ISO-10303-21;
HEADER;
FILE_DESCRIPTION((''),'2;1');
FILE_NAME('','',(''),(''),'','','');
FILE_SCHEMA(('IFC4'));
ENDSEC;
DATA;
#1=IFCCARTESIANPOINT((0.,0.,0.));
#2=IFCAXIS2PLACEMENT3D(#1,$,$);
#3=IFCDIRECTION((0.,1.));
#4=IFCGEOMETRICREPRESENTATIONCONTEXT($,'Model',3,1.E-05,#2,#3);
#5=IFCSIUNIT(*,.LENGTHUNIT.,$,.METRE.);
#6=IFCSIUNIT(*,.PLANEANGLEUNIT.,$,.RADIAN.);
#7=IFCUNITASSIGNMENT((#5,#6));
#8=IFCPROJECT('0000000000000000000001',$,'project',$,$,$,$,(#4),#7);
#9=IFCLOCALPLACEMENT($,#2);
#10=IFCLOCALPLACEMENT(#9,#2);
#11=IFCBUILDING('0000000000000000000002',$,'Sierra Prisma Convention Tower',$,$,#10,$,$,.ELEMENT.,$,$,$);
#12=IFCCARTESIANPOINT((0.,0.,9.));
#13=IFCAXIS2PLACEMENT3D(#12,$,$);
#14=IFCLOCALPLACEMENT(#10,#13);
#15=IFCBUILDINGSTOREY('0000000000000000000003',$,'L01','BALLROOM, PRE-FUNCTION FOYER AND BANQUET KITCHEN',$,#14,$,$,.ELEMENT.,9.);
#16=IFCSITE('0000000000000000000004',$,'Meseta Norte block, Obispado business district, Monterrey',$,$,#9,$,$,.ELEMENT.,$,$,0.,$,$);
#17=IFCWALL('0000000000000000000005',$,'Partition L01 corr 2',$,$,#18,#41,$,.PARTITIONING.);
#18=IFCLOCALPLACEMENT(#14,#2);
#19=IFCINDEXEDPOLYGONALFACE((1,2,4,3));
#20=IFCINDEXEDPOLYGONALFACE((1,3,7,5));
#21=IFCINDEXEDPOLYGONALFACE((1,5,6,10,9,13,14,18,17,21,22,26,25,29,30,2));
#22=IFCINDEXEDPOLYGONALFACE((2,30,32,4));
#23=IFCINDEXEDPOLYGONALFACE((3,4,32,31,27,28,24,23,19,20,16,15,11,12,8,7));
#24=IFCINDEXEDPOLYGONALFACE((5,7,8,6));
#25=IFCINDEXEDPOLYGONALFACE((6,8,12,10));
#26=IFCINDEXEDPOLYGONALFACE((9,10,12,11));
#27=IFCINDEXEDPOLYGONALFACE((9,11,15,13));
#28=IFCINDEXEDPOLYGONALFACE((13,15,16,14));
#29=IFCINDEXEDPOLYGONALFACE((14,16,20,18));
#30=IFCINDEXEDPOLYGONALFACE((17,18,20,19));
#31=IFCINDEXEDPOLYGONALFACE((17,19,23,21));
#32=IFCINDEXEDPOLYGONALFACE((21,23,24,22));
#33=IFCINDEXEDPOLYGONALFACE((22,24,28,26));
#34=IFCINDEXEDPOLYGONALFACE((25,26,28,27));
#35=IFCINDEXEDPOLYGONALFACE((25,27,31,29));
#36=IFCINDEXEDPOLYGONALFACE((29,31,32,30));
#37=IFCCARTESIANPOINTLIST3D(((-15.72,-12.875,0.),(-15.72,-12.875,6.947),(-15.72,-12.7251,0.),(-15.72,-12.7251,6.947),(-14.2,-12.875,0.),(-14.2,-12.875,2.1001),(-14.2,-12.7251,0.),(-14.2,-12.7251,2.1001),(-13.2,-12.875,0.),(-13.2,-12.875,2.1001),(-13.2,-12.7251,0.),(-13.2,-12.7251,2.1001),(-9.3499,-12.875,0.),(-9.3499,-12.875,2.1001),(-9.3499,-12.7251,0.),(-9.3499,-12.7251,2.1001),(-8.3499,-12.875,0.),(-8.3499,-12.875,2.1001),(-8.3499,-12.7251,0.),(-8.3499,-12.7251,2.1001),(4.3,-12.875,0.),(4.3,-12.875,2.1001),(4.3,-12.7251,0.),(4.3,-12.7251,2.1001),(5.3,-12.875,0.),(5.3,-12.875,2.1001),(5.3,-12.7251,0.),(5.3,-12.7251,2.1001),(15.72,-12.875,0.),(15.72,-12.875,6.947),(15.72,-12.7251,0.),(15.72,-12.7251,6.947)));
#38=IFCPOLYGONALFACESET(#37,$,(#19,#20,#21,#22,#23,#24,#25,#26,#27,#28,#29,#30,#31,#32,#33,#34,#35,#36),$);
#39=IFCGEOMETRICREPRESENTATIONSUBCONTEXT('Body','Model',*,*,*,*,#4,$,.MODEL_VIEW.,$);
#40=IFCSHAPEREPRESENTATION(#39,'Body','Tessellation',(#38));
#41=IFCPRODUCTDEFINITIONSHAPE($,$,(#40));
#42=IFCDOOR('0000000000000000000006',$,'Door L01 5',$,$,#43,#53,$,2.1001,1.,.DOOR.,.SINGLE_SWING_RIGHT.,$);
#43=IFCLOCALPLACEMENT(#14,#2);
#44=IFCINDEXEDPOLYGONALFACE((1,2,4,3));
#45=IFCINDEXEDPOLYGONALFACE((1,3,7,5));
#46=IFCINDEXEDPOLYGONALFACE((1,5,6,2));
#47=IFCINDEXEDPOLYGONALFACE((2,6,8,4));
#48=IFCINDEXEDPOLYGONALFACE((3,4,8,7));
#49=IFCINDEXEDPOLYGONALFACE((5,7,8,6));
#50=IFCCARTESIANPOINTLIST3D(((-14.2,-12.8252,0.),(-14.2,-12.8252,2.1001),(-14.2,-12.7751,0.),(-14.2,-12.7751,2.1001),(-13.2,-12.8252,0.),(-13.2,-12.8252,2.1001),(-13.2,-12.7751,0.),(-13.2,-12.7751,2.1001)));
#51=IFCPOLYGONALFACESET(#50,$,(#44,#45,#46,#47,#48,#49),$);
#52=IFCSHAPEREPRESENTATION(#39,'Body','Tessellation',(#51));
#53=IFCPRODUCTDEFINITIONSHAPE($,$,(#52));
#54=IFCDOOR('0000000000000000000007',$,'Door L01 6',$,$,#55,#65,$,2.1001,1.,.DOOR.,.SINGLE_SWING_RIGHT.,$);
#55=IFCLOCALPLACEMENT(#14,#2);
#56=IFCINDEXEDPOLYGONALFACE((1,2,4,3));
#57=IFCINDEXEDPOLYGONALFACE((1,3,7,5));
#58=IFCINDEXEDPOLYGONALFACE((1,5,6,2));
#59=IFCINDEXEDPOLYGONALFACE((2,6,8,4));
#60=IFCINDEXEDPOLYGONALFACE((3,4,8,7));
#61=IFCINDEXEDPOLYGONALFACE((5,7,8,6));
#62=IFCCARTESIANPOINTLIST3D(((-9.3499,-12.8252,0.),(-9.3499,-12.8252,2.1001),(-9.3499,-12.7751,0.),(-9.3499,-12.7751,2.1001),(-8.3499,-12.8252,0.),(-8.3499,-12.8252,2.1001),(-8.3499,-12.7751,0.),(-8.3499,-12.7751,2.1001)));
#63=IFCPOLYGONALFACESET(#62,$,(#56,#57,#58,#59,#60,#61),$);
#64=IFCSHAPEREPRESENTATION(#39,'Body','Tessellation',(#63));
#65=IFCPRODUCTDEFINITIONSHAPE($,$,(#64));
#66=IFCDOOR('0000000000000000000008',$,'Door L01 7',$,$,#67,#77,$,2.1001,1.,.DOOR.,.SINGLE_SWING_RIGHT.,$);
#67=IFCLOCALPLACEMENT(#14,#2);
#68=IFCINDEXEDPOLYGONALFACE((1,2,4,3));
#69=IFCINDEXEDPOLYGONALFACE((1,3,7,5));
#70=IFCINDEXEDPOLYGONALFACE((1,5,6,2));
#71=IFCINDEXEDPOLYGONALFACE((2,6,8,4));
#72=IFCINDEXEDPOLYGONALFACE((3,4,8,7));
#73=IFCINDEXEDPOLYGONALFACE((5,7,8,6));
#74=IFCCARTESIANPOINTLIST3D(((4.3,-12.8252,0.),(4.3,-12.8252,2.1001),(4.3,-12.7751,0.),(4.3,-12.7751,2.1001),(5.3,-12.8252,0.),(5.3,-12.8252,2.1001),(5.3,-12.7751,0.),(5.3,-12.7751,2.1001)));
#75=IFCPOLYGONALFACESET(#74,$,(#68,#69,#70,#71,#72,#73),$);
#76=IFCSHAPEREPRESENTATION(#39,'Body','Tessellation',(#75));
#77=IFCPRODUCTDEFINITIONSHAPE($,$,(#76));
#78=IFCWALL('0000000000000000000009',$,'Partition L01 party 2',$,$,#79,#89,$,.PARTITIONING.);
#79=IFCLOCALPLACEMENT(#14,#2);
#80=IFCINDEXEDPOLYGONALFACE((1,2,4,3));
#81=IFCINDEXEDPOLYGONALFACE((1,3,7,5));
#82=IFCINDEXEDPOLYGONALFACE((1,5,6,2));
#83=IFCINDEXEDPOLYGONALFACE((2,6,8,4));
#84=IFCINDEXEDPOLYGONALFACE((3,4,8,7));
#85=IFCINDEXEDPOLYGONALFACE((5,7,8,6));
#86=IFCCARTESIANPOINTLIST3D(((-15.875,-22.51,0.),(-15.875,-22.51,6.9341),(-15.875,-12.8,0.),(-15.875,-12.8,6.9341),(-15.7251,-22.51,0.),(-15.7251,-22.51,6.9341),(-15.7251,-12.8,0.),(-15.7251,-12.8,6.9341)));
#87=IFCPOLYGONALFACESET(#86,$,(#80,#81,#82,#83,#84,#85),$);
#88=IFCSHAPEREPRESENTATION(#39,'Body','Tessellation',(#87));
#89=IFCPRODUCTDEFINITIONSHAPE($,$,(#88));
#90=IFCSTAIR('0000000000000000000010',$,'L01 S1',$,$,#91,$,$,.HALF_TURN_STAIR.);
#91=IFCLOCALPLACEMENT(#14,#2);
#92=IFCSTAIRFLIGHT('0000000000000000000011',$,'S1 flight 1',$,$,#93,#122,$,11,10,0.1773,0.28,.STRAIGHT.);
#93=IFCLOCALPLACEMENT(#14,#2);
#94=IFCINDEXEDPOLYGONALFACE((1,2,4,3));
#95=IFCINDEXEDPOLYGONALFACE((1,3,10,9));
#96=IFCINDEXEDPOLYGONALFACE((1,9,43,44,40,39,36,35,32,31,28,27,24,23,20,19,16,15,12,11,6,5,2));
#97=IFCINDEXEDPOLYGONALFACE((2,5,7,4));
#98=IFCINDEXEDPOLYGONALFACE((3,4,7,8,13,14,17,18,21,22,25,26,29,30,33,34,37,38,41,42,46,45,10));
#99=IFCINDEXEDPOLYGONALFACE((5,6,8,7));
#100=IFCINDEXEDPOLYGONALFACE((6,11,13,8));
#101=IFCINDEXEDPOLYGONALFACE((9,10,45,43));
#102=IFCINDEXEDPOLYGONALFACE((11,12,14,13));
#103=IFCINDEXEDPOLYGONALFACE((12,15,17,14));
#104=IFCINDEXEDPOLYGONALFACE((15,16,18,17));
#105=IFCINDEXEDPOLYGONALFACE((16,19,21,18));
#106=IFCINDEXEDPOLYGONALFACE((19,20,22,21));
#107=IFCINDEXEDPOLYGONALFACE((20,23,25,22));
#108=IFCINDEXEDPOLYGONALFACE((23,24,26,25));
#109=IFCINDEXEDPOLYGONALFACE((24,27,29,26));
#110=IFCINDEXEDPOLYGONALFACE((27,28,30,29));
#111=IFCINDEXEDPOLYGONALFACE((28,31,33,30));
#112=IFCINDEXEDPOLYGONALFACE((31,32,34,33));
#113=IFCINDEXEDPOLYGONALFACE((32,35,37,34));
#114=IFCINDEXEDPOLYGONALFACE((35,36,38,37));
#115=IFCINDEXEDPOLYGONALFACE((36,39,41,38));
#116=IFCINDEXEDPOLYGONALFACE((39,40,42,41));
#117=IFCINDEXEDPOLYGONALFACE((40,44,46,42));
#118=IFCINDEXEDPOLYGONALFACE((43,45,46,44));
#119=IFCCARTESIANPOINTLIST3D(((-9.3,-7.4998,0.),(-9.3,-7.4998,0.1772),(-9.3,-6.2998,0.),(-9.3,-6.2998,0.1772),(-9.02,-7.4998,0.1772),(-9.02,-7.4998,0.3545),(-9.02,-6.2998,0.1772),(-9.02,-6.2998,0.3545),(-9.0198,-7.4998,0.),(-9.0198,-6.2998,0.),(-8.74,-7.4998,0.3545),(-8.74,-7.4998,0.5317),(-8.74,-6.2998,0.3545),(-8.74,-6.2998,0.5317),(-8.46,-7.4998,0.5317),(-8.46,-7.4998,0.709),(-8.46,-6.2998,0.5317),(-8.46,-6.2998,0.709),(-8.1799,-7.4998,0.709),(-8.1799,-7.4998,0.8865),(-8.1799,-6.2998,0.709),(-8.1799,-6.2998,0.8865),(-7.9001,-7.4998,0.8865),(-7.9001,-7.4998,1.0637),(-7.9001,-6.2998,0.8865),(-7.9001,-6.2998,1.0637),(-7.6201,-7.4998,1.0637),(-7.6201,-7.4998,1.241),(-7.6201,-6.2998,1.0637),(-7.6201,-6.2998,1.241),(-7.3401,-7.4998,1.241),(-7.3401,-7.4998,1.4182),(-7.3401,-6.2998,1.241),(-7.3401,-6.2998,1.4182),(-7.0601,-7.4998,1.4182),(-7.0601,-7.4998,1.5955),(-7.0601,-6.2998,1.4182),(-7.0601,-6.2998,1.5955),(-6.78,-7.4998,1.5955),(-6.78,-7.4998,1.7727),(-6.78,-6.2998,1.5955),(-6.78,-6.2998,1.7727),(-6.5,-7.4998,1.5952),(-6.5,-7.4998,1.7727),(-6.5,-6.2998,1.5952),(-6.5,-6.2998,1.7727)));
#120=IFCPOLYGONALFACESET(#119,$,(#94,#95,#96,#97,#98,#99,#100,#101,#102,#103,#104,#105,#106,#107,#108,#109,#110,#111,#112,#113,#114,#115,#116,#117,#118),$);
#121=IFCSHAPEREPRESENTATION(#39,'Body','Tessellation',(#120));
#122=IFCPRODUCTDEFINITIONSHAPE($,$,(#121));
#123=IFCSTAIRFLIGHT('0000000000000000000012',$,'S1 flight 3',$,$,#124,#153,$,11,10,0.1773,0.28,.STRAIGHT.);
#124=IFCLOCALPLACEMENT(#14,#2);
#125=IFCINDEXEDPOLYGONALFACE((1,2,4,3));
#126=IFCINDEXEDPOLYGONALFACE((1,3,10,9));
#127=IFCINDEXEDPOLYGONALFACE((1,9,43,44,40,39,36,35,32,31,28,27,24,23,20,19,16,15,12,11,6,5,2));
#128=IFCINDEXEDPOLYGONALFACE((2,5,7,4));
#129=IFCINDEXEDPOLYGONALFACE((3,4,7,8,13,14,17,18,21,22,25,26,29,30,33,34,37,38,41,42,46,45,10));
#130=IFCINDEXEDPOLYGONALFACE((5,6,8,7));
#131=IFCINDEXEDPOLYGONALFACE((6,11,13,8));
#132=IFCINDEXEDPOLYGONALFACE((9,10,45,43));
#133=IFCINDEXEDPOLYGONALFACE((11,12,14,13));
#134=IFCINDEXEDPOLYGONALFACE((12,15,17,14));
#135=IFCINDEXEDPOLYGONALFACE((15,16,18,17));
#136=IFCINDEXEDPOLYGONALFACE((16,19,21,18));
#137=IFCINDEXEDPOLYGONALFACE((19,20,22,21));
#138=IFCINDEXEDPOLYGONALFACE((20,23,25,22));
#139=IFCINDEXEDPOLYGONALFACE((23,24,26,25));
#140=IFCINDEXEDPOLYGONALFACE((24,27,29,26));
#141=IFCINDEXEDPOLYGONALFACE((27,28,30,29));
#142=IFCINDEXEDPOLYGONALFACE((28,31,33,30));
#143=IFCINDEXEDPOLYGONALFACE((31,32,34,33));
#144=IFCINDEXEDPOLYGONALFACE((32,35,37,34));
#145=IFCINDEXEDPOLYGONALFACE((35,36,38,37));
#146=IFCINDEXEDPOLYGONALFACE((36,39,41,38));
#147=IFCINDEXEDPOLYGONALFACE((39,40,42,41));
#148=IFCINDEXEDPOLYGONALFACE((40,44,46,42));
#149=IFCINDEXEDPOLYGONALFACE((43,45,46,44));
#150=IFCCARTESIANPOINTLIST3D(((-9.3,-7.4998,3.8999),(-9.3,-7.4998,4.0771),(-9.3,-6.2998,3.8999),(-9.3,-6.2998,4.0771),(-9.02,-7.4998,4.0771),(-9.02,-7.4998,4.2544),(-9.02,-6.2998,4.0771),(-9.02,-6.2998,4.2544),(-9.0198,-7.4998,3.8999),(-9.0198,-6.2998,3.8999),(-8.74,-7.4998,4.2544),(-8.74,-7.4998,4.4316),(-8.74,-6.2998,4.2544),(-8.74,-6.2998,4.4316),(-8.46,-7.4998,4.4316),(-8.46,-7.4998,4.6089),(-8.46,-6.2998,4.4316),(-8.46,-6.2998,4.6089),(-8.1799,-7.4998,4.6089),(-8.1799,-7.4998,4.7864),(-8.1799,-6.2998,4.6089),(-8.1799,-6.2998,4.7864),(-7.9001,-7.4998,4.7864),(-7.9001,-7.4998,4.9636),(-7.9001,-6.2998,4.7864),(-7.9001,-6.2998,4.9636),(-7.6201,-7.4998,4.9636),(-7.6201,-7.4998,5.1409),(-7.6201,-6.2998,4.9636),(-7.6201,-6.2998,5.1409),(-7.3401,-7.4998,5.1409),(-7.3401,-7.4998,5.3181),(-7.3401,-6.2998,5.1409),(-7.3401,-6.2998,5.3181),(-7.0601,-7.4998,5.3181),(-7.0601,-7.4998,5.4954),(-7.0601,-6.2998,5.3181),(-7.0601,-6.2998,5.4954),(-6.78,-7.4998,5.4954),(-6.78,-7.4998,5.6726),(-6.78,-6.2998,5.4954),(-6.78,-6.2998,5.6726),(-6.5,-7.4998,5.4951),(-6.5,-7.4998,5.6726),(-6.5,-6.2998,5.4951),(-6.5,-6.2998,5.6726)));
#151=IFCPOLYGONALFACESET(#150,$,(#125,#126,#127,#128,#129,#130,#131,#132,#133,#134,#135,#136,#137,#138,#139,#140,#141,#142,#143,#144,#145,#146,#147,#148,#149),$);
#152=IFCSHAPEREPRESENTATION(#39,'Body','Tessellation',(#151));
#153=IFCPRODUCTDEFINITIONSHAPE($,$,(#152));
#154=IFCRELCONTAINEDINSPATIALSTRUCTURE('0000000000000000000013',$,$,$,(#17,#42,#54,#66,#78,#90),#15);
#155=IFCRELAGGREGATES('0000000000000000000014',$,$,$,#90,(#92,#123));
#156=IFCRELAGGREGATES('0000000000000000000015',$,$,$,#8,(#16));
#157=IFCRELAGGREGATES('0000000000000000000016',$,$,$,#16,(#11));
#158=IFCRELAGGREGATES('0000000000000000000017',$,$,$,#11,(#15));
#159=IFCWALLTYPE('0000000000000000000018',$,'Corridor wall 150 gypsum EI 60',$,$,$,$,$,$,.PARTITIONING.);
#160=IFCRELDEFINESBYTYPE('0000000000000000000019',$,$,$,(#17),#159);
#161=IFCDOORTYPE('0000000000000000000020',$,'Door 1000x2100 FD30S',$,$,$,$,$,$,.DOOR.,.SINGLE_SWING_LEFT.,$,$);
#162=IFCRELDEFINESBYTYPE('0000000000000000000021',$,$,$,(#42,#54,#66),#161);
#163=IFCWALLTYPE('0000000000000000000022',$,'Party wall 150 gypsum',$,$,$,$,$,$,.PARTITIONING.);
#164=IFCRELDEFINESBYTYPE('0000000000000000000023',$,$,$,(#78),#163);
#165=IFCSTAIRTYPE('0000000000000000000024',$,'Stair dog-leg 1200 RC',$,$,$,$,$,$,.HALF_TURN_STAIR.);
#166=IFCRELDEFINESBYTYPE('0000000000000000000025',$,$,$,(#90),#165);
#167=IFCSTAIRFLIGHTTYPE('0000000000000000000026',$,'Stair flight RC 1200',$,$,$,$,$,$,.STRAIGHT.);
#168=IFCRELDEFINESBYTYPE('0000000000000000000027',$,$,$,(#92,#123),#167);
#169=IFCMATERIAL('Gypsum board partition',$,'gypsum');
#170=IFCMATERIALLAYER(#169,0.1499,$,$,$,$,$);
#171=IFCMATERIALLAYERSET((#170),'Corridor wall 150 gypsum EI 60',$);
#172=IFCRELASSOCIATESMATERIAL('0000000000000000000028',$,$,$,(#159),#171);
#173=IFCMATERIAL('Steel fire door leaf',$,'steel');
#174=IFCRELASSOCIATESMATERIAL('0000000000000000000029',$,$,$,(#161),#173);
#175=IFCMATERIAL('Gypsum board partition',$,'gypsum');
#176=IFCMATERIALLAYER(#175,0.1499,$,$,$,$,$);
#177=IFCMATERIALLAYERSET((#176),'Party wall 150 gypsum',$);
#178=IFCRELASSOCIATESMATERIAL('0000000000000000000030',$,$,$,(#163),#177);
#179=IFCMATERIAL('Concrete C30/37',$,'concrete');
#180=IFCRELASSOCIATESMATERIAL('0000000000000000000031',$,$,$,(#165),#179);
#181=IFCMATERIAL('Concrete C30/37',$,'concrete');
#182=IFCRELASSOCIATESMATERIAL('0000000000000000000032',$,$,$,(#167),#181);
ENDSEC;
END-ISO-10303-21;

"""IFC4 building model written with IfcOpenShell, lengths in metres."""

from ifc_helpers import new_model, si_unit, direction, frame, frame_2d, origin, place, context, subcontext, project, spatial, polyline, rectangle, outline, extrude, material, layer, layer_set, type_object, element, fill, aggregate, save


model = new_model("IFC4")

# Units and contexts
model_context = context("Model", 3, precision=1e-05, world=origin(), true_north=direction((0.0, 1.0)))
body_context = subcontext(model_context, "Body", "Model", "MODEL_VIEW")
ifc_project = project(units=[si_unit("LENGTHUNIT", "METRE"), si_unit("PLANEANGLEUNIT", "RADIAN")], contexts=[model_context])

# Site, building, storey
site_placement = place(None, origin())
site = spatial("IfcSite", under=ifc_project, at=site_placement, Name="Meseta Norte block, Obispado business district, Monterrey", CompositionType="ELEMENT", RefElevation=0.0)
building_placement = place(site_placement, origin())
building = spatial("IfcBuilding", under=site, at=building_placement, Name="Sierra Prisma Convention Tower", CompositionType="ELEMENT")
storey_placement = place(building_placement, frame((0.0, 0.0, 9.0)))
storey = spatial("IfcBuildingStorey", under=building, at=storey_placement, Name="L01", Description="BALLROOM, PRE-FUNCTION FOYER AND BANQUET KITCHEN", CompositionType="ELEMENT", Elevation=9.0)

# Wall, openings, doors
ifc_material_1 = material(Name="Gypsum board partition", Category="gypsum")
ifc_layer_1 = layer(ifc_material_1, 0.1499)
ifc_layer_set_1 = layer_set([ifc_layer_1], Name="Corridor wall 150 gypsum EI 60")
wall_type_1 = type_object("IfcWallType", Name="Corridor wall 150 gypsum EI 60", PredefinedType="PARTITIONING", material=ifc_layer_set_1)
wall_1_placement = place(storey_placement, frame((-15.72, -12.8, 0.0), z_axis=(0.0, 0.0, 1.0), x_axis=(1.0, 0.0, 0.0)))
wall_1 = element("IfcWall", 1, at=wall_1_placement, inside=storey, type_object=wall_type_1, Name="Partition L01 corr 2", PredefinedType="PARTITIONING", context=body_context, shape_type="SweptSolid", body=[
    extrude(rectangle(XDim=31.4399, YDim=0.1499, at=frame_2d((15.72, 0.0))), origin(), (0.0, 0.0, 1.0), 6.947),
])
opening_1_placement = place(wall_1_placement, frame((1.52, 0.0, 0.0)))
opening_1 = element("IfcOpeningElement", 2, at=opening_1_placement, cuts=wall_1, PredefinedType="OPENING", context=body_context, shape_type="SweptSolid", body=[
    extrude(rectangle(XDim=1.0, YDim=2.1001, at=frame_2d((0.5, 1.05))), frame((0.0, 0.075, 0.0), z_axis=(0.0, -1.0, 0.0), x_axis=(1.0, 0.0, 0.0)), (0.0, 0.0, 1.0), 0.1499),
])
opening_2_placement = place(wall_1_placement, frame((6.3701, 0.0, 0.0)))
opening_2 = element("IfcOpeningElement", 3, at=opening_2_placement, cuts=wall_1, PredefinedType="OPENING", context=body_context, shape_type="SweptSolid", body=[
    extrude(rectangle(XDim=1.0, YDim=2.1001, at=frame_2d((0.5, 1.05))), frame((0.0, 0.075, 0.0), z_axis=(0.0, -1.0, 0.0), x_axis=(1.0, 0.0, 0.0)), (0.0, 0.0, 1.0), 0.1499),
])
opening_3_placement = place(wall_1_placement, frame((20.02, 0.0, 0.0)))
opening_3 = element("IfcOpeningElement", 4, at=opening_3_placement, cuts=wall_1, PredefinedType="OPENING", context=body_context, shape_type="SweptSolid", body=[
    extrude(rectangle(XDim=1.0, YDim=2.1001, at=frame_2d((0.5, 1.05))), frame((0.0, 0.075, 0.0), z_axis=(0.0, -1.0, 0.0), x_axis=(1.0, 0.0, 0.0)), (0.0, 0.0, 1.0), 0.1499),
])
ifc_material_2 = material(Name="Steel fire door leaf", Category="steel")
door_type_1 = type_object("IfcDoorType", Name="Door 1000x2100 FD30S", OperationType="SINGLE_SWING_LEFT", PredefinedType="DOOR", material=ifc_material_2)
door_1_placement = place(opening_1_placement, origin())
door_1 = element("IfcDoor", 5, at=door_1_placement, inside=storey, type_object=door_type_1, Name="Door L01 5", OperationType="SINGLE_SWING_RIGHT", OverallHeight=2.1001, OverallWidth=1.0, PredefinedType="DOOR", context=body_context, shape_type="SweptSolid", body=[
    extrude(rectangle(XDim=1.0, YDim=2.1001, at=frame_2d((0.5, 1.05))), frame((0.0, 0.0249, 0.0), z_axis=(0.0, -1.0, 0.0), x_axis=(1.0, 0.0, 0.0)), (0.0, 0.0, 1.0), 0.05),
])
fill(opening_1, door_1)
door_2_placement = place(opening_2_placement, origin())
door_2 = element("IfcDoor", 6, at=door_2_placement, inside=storey, type_object=door_type_1, Name="Door L01 6", OperationType="SINGLE_SWING_RIGHT", OverallHeight=2.1001, OverallWidth=1.0, PredefinedType="DOOR", context=body_context, shape_type="SweptSolid", body=[
    extrude(rectangle(XDim=1.0, YDim=2.1001, at=frame_2d((0.5, 1.05))), frame((0.0, 0.0249, 0.0), z_axis=(0.0, -1.0, 0.0), x_axis=(1.0, 0.0, 0.0)), (0.0, 0.0, 1.0), 0.05),
])
fill(opening_2, door_2)
door_3_placement = place(opening_3_placement, origin())
door_3 = element("IfcDoor", 7, at=door_3_placement, inside=storey, type_object=door_type_1, Name="Door L01 7", OperationType="SINGLE_SWING_RIGHT", OverallHeight=2.1001, OverallWidth=1.0, PredefinedType="DOOR", context=body_context, shape_type="SweptSolid", body=[
    extrude(rectangle(XDim=1.0, YDim=2.1001, at=frame_2d((0.5, 1.05))), frame((0.0, 0.0249, 0.0), z_axis=(0.0, -1.0, 0.0), x_axis=(1.0, 0.0, 0.0)), (0.0, 0.0, 1.0), 0.05),
])
fill(opening_3, door_3)

# Wall
ifc_material_3 = material(Name="Gypsum board partition", Category="gypsum")
ifc_layer_2 = layer(ifc_material_3, 0.1499)
ifc_layer_set_2 = layer_set([ifc_layer_2], Name="Party wall 150 gypsum")
wall_type_2 = type_object("IfcWallType", Name="Party wall 150 gypsum", PredefinedType="PARTITIONING", material=ifc_layer_set_2)
wall_2_placement = place(storey_placement, frame((-15.8, -12.8, 0.0), z_axis=(0.0, 0.0, 1.0), x_axis=(0.0, -1.0, 0.0)))
element("IfcWall", 8, at=wall_2_placement, inside=storey, type_object=wall_type_2, Name="Partition L01 party 2", PredefinedType="PARTITIONING", context=body_context, shape_type="SweptSolid", body=[
    extrude(rectangle(XDim=9.71, YDim=0.1499, at=frame_2d((4.855, 0.0))), origin(), (0.0, 0.0, 1.0), 6.9341),
])

# Stair, stair flights
ifc_material_4 = material(Name="Concrete C30/37", Category="concrete")
stair_type = type_object("IfcStairType", Name="Stair dog-leg 1200 RC", PredefinedType="HALF_TURN_STAIR", material=ifc_material_4)
stair_placement = place(storey_placement, origin())
stair = element("IfcStair", 9, at=stair_placement, inside=storey, type_object=stair_type, Name="L01 S1", PredefinedType="HALF_TURN_STAIR")
ifc_material_5 = material(Name="Concrete C30/37", Category="concrete")
stair_flight_type = type_object("IfcStairFlightType", Name="Stair flight RC 1200", PredefinedType="STRAIGHT", material=ifc_material_5)
stair_flight_1_placement = place(storey_placement, frame((-9.3, -6.8999, 0.0), z_axis=(0.0, 0.0, 1.0), x_axis=(1.0, 0.0, 0.0)))
stair_flight_1 = element("IfcStairFlight", 10, at=stair_flight_1_placement, type_object=stair_flight_type, Name="S1 flight 1", NumberOfRisers=11, NumberOfTreads=10, PredefinedType="STRAIGHT", RiserHeight=0.1773, TreadLength=0.28, context=body_context, shape_type="SweptSolid", body=[
    extrude(outline(polyline([(0.0, 0.0), (0.0, 0.1772), (0.28, 0.1772), (0.28, 0.3545), (0.5601, 0.3545), (0.5601, 0.5317), (0.8401, 0.5317), (0.8401, 0.709), (1.1201, 0.709), (1.1201, 0.8865), (1.3999, 0.8865), (1.3999, 1.0637), (1.6799, 1.0637), (1.6799, 1.241), (1.96, 1.241), (1.96, 1.4182), (2.24, 1.4182), (2.24, 1.5955), (2.52, 1.5955), (2.52, 1.7727), (2.8, 1.7727), (2.8, 1.95), (2.8, 1.5952), (0.2803, 0.0), (0.0, 0.0)])), frame((0.0, 0.6001, 0.0), z_axis=(0.0, -1.0, 0.0), x_axis=(1.0, 0.0, 0.0)), (0.0, 0.0, 1.0), 1.2),
])
stair_flight_2_placement = place(storey_placement, frame((-9.3, -6.8999, 3.8999), z_axis=(0.0, 0.0, 1.0), x_axis=(1.0, 0.0, 0.0)))
stair_flight_2 = element("IfcStairFlight", 11, at=stair_flight_2_placement, type_object=stair_flight_type, Name="S1 flight 3", NumberOfRisers=11, NumberOfTreads=10, PredefinedType="STRAIGHT", RiserHeight=0.1773, TreadLength=0.28, context=body_context, shape_type="SweptSolid", body=[
    extrude(outline(polyline([(0.0, 0.0), (0.0, 0.1772), (0.28, 0.1772), (0.28, 0.3545), (0.5601, 0.3545), (0.5601, 0.5317), (0.8401, 0.5317), (0.8401, 0.709), (1.1201, 0.709), (1.1201, 0.8865), (1.3999, 0.8865), (1.3999, 1.0637), (1.6799, 1.0637), (1.6799, 1.241), (1.96, 1.241), (1.96, 1.4182), (2.24, 1.4182), (2.24, 1.5955), (2.52, 1.5955), (2.52, 1.7727), (2.8, 1.7727), (2.8, 1.95), (2.8, 1.5952), (0.2803, 0.0), (0.0, 0.0)])), frame((0.0, 0.6001, 0.0), z_axis=(0.0, -1.0, 0.0), x_axis=(1.0, 0.0, 0.0)), (0.0, 0.0, 1.0), 1.2),
])
aggregate(stair, [stair_flight_1, stair_flight_2])

save(model, "model.ifc")
